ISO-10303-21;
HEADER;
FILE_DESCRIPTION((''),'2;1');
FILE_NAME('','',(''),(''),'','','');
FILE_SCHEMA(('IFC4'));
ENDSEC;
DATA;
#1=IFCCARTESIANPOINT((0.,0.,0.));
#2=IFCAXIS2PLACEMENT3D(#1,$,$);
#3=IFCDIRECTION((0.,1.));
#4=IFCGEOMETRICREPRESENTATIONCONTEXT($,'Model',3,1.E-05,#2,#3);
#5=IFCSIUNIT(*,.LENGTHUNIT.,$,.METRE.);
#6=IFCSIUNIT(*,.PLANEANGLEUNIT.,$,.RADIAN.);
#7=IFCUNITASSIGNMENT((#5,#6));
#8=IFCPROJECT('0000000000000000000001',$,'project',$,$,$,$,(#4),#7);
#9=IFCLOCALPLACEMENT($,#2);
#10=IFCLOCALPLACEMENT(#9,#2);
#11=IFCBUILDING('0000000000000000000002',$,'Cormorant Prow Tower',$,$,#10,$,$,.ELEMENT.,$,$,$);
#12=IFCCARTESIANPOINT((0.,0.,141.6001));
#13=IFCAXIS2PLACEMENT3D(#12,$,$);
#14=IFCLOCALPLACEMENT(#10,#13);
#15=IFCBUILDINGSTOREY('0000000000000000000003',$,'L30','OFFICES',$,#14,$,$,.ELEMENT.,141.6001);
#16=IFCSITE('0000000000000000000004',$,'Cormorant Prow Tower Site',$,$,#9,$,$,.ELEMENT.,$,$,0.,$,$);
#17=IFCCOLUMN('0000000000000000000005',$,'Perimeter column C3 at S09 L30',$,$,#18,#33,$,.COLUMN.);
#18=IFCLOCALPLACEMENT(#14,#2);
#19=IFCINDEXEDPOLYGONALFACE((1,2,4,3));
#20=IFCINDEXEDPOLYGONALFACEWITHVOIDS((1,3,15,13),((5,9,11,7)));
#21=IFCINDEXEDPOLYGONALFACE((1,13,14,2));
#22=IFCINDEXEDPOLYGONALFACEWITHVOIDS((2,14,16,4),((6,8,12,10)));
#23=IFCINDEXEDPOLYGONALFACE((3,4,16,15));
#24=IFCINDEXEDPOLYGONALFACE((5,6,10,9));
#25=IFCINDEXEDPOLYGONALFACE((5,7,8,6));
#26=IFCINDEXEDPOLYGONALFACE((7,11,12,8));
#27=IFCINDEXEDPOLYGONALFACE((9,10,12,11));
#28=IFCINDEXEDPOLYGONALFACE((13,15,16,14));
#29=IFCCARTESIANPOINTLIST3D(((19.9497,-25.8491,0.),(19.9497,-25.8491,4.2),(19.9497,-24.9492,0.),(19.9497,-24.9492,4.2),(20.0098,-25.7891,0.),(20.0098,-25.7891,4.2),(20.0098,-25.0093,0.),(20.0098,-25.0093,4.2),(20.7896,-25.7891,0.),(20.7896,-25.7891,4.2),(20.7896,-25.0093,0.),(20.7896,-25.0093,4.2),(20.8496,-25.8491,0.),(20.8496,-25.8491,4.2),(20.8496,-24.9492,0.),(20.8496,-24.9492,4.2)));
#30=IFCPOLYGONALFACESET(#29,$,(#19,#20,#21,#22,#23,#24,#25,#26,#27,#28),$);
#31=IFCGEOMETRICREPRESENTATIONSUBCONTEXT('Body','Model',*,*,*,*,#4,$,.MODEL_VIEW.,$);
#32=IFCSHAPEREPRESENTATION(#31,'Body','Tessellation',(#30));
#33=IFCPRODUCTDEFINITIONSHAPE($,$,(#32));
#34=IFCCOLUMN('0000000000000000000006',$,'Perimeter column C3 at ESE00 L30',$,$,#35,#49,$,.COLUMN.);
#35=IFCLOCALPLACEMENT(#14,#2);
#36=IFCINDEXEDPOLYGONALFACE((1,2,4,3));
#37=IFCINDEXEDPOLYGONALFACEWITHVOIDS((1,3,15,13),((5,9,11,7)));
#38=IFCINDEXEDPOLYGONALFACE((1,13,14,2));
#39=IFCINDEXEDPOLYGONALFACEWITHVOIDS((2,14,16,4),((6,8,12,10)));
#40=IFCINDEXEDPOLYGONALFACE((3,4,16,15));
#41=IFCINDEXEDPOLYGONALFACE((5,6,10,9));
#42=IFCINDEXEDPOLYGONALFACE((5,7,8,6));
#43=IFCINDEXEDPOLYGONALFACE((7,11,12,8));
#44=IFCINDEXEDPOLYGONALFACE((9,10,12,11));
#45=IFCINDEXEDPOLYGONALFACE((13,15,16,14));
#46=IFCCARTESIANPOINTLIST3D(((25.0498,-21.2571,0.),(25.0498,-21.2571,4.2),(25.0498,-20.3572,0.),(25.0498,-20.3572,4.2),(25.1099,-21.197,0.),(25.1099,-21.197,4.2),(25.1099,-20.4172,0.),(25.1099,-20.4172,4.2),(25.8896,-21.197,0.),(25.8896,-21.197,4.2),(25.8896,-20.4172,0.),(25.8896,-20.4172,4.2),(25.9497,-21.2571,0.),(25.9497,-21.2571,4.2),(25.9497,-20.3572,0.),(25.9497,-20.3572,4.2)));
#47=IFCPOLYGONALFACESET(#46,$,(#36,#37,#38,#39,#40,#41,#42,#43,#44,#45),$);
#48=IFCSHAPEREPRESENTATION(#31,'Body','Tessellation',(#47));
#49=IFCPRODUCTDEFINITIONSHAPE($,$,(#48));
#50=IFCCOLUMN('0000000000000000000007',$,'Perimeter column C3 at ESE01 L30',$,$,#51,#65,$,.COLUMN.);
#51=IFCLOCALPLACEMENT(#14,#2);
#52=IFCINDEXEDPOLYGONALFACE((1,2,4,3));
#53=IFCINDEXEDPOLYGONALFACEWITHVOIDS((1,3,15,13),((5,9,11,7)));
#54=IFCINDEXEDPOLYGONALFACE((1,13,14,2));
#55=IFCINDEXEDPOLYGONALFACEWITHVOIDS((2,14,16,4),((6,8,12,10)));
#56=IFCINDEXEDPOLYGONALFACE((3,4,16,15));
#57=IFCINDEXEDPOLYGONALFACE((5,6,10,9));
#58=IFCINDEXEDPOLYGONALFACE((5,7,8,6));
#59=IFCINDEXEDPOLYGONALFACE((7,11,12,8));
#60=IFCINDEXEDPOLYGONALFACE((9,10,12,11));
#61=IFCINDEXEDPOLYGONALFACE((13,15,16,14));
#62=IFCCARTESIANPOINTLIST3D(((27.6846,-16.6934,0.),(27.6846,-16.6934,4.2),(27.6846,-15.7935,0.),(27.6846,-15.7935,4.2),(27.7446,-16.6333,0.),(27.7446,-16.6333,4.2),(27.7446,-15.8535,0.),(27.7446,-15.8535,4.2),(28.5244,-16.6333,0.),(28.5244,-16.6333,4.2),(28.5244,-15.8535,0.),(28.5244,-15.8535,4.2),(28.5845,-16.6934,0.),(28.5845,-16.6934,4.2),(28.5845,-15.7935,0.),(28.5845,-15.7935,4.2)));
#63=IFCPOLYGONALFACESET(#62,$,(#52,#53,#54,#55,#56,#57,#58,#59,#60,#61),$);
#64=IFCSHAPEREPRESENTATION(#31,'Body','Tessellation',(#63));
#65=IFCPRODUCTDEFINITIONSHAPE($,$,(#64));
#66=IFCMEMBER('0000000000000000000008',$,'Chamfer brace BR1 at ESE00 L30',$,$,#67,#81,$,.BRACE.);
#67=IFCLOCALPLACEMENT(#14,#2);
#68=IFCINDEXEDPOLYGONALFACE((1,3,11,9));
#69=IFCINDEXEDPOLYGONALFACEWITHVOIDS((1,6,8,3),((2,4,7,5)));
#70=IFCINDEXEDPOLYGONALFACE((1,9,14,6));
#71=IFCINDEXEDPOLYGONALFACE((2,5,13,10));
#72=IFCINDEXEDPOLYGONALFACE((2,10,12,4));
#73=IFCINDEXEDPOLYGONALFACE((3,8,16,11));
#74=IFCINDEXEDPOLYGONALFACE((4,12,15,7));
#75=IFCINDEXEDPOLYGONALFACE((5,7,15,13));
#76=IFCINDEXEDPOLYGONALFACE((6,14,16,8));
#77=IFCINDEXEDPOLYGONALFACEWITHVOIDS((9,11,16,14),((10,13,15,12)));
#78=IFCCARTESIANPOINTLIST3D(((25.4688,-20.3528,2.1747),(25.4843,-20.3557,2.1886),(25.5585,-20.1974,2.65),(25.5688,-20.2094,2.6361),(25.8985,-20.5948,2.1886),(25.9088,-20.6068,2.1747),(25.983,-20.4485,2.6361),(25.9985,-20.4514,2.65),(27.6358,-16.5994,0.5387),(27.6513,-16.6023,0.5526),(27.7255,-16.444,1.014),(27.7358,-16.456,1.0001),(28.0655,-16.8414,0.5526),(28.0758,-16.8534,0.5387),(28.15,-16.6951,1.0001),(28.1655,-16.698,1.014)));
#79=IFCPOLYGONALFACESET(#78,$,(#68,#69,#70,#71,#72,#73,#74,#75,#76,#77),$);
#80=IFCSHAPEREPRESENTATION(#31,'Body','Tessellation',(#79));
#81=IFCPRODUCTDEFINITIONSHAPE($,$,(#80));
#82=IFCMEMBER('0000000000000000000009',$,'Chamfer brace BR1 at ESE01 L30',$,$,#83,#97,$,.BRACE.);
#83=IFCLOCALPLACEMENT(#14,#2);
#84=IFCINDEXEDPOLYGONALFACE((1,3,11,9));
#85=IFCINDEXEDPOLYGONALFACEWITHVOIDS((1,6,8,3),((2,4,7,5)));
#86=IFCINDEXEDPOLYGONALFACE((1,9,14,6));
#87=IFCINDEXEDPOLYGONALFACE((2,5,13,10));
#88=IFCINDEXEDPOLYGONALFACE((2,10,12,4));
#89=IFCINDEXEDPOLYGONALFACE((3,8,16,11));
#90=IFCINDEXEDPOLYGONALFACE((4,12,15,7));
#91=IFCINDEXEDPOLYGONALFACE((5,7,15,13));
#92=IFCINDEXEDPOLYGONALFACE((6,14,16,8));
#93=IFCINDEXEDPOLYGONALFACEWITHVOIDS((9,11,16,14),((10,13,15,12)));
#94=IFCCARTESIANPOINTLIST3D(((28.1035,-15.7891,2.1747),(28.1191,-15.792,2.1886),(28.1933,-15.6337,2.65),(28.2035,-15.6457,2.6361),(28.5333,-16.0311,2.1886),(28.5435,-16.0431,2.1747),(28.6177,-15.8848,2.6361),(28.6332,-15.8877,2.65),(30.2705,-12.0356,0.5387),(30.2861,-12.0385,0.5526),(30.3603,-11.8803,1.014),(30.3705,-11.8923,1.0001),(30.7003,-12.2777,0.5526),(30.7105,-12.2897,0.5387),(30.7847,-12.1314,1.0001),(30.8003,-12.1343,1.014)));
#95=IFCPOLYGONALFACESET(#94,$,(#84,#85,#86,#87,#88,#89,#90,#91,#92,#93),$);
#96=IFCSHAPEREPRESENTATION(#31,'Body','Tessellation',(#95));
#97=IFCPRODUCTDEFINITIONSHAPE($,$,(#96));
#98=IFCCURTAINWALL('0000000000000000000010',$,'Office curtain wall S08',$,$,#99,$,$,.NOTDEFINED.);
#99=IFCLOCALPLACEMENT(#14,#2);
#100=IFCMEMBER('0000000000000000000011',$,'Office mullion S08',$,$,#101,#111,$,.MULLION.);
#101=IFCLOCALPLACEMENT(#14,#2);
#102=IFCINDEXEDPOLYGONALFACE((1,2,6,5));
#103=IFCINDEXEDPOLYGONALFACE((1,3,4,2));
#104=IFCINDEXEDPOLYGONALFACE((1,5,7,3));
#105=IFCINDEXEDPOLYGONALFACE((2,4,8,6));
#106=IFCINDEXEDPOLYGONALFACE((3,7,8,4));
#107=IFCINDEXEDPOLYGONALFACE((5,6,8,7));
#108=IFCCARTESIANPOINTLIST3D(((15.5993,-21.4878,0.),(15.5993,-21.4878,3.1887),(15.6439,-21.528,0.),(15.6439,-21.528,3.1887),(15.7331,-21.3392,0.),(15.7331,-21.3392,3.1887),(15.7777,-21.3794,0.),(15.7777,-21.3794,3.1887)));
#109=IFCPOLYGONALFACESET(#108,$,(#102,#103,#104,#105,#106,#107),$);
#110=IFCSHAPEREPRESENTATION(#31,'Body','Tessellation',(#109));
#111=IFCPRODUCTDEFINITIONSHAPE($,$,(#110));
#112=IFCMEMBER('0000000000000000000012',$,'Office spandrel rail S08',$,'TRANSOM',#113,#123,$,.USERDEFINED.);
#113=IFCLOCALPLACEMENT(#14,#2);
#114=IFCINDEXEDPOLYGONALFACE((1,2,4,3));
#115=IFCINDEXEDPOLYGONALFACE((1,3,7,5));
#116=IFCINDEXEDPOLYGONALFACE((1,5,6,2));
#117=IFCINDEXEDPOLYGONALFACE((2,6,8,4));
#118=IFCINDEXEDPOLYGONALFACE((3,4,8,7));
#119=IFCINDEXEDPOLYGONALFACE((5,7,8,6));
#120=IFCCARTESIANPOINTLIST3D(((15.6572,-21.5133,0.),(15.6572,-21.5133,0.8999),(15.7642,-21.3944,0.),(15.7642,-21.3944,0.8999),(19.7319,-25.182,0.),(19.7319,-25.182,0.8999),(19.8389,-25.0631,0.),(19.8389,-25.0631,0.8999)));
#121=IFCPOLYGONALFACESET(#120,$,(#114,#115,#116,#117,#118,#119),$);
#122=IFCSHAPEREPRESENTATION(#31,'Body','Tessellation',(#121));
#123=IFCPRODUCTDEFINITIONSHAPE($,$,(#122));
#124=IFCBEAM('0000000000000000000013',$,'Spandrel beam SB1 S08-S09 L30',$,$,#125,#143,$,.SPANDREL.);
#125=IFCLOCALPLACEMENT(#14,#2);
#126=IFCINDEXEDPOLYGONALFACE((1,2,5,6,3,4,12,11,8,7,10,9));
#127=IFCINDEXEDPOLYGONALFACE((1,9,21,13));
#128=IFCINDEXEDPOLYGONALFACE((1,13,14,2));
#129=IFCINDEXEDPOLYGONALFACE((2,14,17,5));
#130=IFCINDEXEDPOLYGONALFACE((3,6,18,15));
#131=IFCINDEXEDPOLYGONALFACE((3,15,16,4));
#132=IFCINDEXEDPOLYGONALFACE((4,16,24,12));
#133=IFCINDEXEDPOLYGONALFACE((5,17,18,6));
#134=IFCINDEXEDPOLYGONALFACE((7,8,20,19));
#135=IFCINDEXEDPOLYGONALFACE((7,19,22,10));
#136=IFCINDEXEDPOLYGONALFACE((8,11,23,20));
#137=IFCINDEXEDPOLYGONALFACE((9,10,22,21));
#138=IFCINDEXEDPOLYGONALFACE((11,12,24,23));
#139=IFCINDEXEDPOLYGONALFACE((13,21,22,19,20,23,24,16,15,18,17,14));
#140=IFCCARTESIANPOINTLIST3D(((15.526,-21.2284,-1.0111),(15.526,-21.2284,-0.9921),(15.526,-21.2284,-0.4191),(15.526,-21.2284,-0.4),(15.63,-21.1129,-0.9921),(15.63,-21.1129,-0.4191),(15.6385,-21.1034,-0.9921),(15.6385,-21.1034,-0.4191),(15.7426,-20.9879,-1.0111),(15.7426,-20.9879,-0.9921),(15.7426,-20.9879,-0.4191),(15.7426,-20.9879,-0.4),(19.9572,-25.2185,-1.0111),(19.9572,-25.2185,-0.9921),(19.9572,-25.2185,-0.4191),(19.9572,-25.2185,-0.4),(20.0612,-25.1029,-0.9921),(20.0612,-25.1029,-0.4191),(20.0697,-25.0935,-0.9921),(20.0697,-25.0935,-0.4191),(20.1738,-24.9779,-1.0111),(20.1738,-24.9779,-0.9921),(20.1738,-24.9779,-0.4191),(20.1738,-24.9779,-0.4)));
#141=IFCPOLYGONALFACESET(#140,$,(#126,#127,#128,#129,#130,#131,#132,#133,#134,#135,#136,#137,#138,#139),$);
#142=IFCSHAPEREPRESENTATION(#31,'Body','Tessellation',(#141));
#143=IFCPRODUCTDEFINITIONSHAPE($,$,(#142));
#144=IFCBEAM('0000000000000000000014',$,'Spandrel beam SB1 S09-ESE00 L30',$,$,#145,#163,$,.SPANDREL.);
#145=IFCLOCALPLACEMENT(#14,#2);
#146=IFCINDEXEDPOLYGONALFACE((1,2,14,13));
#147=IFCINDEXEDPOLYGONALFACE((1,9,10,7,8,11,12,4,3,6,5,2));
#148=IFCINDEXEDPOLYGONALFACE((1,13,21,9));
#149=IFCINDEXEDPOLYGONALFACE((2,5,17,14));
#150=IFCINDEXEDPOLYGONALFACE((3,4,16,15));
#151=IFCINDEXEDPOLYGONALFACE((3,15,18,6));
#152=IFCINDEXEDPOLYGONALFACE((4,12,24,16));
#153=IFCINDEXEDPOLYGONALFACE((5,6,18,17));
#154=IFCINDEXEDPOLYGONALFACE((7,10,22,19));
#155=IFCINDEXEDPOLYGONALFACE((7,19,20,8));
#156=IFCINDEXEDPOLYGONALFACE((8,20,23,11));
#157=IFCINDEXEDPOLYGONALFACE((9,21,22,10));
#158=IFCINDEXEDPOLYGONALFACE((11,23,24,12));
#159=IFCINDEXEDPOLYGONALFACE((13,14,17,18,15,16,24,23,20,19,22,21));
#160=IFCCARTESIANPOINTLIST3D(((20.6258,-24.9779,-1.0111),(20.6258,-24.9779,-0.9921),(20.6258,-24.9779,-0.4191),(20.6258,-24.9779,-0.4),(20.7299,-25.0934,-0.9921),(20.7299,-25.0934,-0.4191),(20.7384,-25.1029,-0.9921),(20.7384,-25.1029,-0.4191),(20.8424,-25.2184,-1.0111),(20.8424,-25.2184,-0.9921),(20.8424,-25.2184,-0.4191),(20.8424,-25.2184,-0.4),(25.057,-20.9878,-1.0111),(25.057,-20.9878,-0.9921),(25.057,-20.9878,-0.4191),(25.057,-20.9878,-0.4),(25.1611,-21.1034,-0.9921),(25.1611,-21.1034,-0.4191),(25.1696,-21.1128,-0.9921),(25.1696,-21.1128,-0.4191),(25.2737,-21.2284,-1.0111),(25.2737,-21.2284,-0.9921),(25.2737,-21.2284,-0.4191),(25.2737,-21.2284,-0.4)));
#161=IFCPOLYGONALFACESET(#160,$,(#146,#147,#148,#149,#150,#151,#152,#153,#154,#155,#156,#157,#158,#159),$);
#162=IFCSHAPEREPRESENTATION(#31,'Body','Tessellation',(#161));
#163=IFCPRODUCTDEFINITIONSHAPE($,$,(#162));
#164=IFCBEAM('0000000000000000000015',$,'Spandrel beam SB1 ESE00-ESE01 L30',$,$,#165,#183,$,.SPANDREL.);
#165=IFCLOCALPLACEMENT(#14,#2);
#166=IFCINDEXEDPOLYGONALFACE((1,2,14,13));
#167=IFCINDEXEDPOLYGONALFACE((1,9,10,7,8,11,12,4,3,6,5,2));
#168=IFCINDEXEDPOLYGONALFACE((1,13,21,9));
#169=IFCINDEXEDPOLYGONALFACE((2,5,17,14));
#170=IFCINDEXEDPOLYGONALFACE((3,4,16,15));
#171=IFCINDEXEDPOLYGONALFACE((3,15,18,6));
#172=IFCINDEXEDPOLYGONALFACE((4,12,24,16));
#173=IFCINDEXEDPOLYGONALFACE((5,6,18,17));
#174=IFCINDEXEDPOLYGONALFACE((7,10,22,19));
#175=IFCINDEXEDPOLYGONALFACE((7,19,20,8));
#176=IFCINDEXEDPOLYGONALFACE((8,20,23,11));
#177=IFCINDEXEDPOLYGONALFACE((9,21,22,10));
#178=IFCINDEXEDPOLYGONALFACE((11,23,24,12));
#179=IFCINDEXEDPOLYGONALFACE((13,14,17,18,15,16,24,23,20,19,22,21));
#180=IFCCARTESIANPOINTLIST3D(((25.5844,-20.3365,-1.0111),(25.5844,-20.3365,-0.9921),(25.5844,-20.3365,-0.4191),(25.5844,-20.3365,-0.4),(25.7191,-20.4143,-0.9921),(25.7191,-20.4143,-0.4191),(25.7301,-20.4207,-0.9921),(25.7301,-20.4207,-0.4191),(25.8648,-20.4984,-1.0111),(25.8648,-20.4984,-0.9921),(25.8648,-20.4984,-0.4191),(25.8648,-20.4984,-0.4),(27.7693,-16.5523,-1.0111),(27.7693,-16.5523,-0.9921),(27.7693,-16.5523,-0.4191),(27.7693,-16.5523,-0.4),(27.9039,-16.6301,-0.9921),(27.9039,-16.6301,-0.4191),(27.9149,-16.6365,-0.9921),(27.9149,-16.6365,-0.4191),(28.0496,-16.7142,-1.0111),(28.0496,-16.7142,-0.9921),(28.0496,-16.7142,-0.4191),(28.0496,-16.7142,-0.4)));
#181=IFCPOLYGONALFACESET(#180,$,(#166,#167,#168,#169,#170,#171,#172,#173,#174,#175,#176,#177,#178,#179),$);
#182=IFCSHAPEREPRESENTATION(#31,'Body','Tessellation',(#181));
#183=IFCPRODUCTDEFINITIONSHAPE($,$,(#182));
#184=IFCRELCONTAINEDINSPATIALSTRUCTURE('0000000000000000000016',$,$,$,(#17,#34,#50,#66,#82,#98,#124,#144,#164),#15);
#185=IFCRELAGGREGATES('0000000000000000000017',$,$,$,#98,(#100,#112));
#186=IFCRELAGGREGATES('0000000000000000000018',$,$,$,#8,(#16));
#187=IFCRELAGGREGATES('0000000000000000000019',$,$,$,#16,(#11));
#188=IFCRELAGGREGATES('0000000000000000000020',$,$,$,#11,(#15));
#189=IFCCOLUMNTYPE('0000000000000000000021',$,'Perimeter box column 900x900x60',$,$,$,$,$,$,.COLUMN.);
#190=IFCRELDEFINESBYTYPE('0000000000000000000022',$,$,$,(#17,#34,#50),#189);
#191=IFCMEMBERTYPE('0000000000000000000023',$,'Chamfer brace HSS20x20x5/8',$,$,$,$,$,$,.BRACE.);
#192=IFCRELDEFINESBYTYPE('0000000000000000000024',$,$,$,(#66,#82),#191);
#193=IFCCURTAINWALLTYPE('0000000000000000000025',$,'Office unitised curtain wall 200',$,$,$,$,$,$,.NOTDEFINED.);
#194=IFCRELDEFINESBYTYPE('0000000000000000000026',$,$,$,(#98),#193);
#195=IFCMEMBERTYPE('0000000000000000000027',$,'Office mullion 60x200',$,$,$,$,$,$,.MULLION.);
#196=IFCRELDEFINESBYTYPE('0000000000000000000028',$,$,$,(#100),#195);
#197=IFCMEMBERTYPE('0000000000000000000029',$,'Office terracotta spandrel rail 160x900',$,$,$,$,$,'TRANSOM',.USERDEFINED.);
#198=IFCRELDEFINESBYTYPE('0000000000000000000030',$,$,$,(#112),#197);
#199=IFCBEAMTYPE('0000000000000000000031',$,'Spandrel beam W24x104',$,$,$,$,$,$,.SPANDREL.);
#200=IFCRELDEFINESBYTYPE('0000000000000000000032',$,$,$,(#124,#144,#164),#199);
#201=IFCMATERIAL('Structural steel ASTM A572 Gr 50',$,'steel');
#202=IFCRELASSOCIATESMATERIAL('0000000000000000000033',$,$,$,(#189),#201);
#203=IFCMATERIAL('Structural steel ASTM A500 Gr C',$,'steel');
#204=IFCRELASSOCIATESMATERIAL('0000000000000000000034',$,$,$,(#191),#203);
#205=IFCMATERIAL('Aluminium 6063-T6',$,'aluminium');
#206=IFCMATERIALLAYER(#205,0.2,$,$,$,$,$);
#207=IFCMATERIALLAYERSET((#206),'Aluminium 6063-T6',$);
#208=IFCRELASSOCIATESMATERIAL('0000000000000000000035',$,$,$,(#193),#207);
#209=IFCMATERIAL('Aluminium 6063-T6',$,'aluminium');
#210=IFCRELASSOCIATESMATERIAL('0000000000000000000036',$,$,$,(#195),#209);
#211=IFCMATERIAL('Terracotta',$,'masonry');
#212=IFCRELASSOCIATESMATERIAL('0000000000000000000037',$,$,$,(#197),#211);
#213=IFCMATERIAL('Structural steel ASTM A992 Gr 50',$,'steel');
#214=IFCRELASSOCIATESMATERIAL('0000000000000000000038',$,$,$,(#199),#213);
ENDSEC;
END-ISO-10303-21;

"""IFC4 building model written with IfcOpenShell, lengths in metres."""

from ifc_helpers import new_model, si_unit, direction, frame, origin, origin_2d, place, context, subcontext, project, spatial, rectangle, hollow_rectangle, i_section, extrude, material, layer, layer_set, material_profile, profile_set, type_object, element, aggregate, save


model = new_model("IFC4")

# Units and contexts
model_context = context("Model", 3, precision=1e-05, world=origin(), true_north=direction((0.0, 1.0)))
body_context = subcontext(model_context, "Body", "Model", "MODEL_VIEW")
ifc_project = project(units=[si_unit("LENGTHUNIT", "METRE"), si_unit("PLANEANGLEUNIT", "RADIAN")], contexts=[model_context])

# Site, building, storey
site_placement = place(None, origin())
site = spatial("IfcSite", under=ifc_project, at=site_placement, Name="Cormorant Prow Tower Site", CompositionType="ELEMENT", RefElevation=0.0)
building_placement = place(site_placement, origin())
building = spatial("IfcBuilding", under=site, at=building_placement, Name="Cormorant Prow Tower", CompositionType="ELEMENT")
storey_placement = place(building_placement, frame((0.0, 0.0, 141.6001)))
storey = spatial("IfcBuildingStorey", under=building, at=storey_placement, Name="L30", Description="OFFICES", CompositionType="ELEMENT", Elevation=141.6001)

# Columns
ifc_material_1 = material(Name="Structural steel ASTM A572 Gr 50", Category="steel")
ifc_material_profile_1 = material_profile(ifc_material_1, hollow_rectangle(XDim=0.8999, YDim=0.8999, WallThickness=0.0601, at=origin_2d()), Name="Box 900x900x60")
ifc_profile_set_1 = profile_set([ifc_material_profile_1], Name="Structural steel ASTM A572 Gr 50")
column_type = type_object("IfcColumnType", Name="Perimeter box column 900x900x60", PredefinedType="COLUMN", material=ifc_profile_set_1)
for number, where, z_axis, x_axis, name in (
    (1, (20.3997, -25.3992, 0.0), (0.0, 0.0, 1.0), (1.0, 0.0, 0.0), "Perimeter column C3 at S09 L30"),
    (2, (25.4998, -20.8071, 0.0), (0.0, 0.0, 1.0), (1.0, 0.0, 0.0), "Perimeter column C3 at ESE00 L30"),
    (3, (28.1345, -16.2434, 0.0), (0.0, 0.0, 1.0), (1.0, 0.0, 0.0), "Perimeter column C3 at ESE01 L30"),
):
    element("IfcColumn", number, at=place(storey_placement, frame(where, z_axis=z_axis, x_axis=x_axis)), inside=storey, type_object=column_type, Name=name, PredefinedType="COLUMN", context=body_context, shape_type="SweptSolid", body=[
        extrude(hollow_rectangle(XDim=0.8999, YDim=0.8999, WallThickness=0.0601, at=origin_2d()), origin(), (0.0, 0.0, 1.0), 4.2),
    ])

# Members
ifc_material_2 = material(Name="Structural steel ASTM A500 Gr C", Category="steel")
ifc_material_profile_2 = material_profile(ifc_material_2, hollow_rectangle(XDim=0.5081, YDim=0.5081, WallThickness=0.0149, at=origin_2d()), Name="HSS20x20x5/8")
ifc_profile_set_2 = profile_set([ifc_material_profile_2], Name="Structural steel ASTM A500 Gr C")
member_type_1 = type_object("IfcMemberType", Name="Chamfer brace HSS20x20x5/8", PredefinedType="BRACE", material=ifc_profile_set_2)
for number, where, z_axis, x_axis, name in (
    (4, (27.9006, -16.6487, 0.7764), (-0.467776, -0.810228, 0.353151), (0.86603, -0.499992, 0.0), "Chamfer brace BR1 at ESE00 L30"),
    (5, (30.5354, -12.085, 0.7764), (-0.467776, -0.810228, 0.353151), (0.86603, -0.499992, 0.0), "Chamfer brace BR1 at ESE01 L30"),
):
    element("IfcMember", number, at=place(storey_placement, frame(where, z_axis=z_axis, x_axis=x_axis)), inside=storey, type_object=member_type_1, Name=name, PredefinedType="BRACE", context=body_context, shape_type="SweptSolid", body=[
        extrude(hollow_rectangle(XDim=0.5081, YDim=0.5081, WallThickness=0.0149, at=origin_2d()), origin(), (0.0, 0.0, 1.0), 4.6326),
    ])

# Curtain wall, members
ifc_material_3 = material(Name="Aluminium 6063-T6", Category="aluminium")
ifc_layer_1 = layer(ifc_material_3, 0.2)
ifc_layer_set_1 = layer_set([ifc_layer_1], Name="Aluminium 6063-T6")
curtain_wall_type = type_object("IfcCurtainWallType", Name="Office unitised curtain wall 200", PredefinedType="NOTDEFINED", material=ifc_layer_set_1)
curtain_wall_placement = place(storey_placement, origin())
curtain_wall = element("IfcCurtainWall", 6, at=curtain_wall_placement, inside=storey, type_object=curtain_wall_type, Name="Office curtain wall S08", PredefinedType="NOTDEFINED")
ifc_material_4 = material(Name="Aluminium 6063-T6", Category="aluminium")
ifc_material_profile_3 = material_profile(ifc_material_4, rectangle(XDim=0.2, YDim=0.0601, at=origin_2d()), Name="Office mullion 60x200")
ifc_profile_set_3 = profile_set([ifc_material_profile_3], Name="Aluminium 6063-T6")
member_type_2 = type_object("IfcMemberType", Name="Office mullion 60x200", PredefinedType="MULLION", material=ifc_profile_set_3)
member_1_placement = place(storey_placement, frame((15.6885, -21.4336, 0.0), z_axis=(0.0, 0.0, 1.0), x_axis=(0.669131, 0.743145, 0.0)))
member_1 = element("IfcMember", 7, at=member_1_placement, type_object=member_type_2, Name="Office mullion S08", PredefinedType="MULLION", context=body_context, shape_type="SweptSolid", body=[
    extrude(rectangle(XDim=0.2, YDim=0.0601, at=origin_2d()), origin(), (0.0, 0.0, 1.0), 3.1887),
])
ifc_material_5 = material(Name="Terracotta", Category="masonry")
ifc_material_profile_4 = material_profile(ifc_material_5, rectangle(XDim=0.1599, YDim=0.8999, at=origin_2d()), Name="Office terracotta spandrel rail 160x900")
ifc_profile_set_4 = profile_set([ifc_material_profile_4], Name="Terracotta")
member_type_3 = type_object("IfcMemberType", Name="Office terracotta spandrel rail 160x900", ElementType="TRANSOM", PredefinedType="USERDEFINED", material=ifc_profile_set_4)
member_2_placement = place(storey_placement, frame((15.7107, -21.4539, 0.45), z_axis=(0.743161, -0.669112, 0.0), x_axis=(0.669112, 0.743161, 0.0)))
member_2 = element("IfcMember", 8, at=member_2_placement, type_object=member_type_3, Name="Office spandrel rail S08", ObjectType="TRANSOM", PredefinedType="USERDEFINED", context=body_context, shape_type="SweptSolid", body=[
    extrude(rectangle(XDim=0.1599, YDim=0.8999, at=origin_2d()), origin(), (0.0, 0.0, 1.0), 5.4829),
])

# Beams
ifc_material_6 = material(Name="Structural steel ASTM A992 Gr 50", Category="steel")
ifc_material_profile_5 = material_profile(ifc_material_6, i_section(OverallWidth=0.3237, OverallDepth=0.6111, WebThickness=0.0127, FlangeThickness=0.019, at=origin_2d()), Name="W24x104")
ifc_profile_set_5 = profile_set([ifc_material_profile_5], Name="Structural steel ASTM A992 Gr 50")
beam_type = type_object("IfcBeamType", Name="Spandrel beam W24x104", PredefinedType="SPANDREL", material=ifc_profile_set_5)
for number, where, z_axis, x_axis, name in (
    (9, (15.6343, -21.1082, -0.7056), (0.743131, -0.669146, 0.0), (0.669146, 0.743131, 0.0), "Spandrel beam SB1 S08-S09 L30"),
    (10, (20.7341, -25.0981, -0.7056), (0.743131, 0.669146, 0.0), (-0.669146, 0.743131, 0.0), "Spandrel beam SB1 S09-ESE00 L30"),
):
    element("IfcBeam", number, at=place(storey_placement, frame(where, z_axis=z_axis, x_axis=x_axis)), inside=storey, type_object=beam_type, Name=name, PredefinedType="SPANDREL", context=body_context, shape_type="SweptSolid", body=[
        extrude(i_section(OverallWidth=0.3237, OverallDepth=0.6111, WebThickness=0.0127, FlangeThickness=0.019, at=origin_2d()), origin(), (0.0, 0.0, 1.0), 5.9629),
    ])
for number, where, z_axis, x_axis, name in (
    (11, (25.7246, -20.4175, -0.7056), (0.500003, 0.866024, 0.0), (-0.866024, 0.500003, 0.0), "Spandrel beam SB1 ESE00-ESE01 L30"),
):
    element("IfcBeam", number, at=place(storey_placement, frame(where, z_axis=z_axis, x_axis=x_axis)), inside=storey, type_object=beam_type, Name=name, PredefinedType="SPANDREL", context=body_context, shape_type="SweptSolid", body=[
        extrude(i_section(OverallWidth=0.3237, OverallDepth=0.6111, WebThickness=0.0127, FlangeThickness=0.019, at=origin_2d()), origin(), (0.0, 0.0, 1.0), 4.3696),
    ])

aggregate(curtain_wall, [member_1, member_2])

save(model, "model.ifc")
